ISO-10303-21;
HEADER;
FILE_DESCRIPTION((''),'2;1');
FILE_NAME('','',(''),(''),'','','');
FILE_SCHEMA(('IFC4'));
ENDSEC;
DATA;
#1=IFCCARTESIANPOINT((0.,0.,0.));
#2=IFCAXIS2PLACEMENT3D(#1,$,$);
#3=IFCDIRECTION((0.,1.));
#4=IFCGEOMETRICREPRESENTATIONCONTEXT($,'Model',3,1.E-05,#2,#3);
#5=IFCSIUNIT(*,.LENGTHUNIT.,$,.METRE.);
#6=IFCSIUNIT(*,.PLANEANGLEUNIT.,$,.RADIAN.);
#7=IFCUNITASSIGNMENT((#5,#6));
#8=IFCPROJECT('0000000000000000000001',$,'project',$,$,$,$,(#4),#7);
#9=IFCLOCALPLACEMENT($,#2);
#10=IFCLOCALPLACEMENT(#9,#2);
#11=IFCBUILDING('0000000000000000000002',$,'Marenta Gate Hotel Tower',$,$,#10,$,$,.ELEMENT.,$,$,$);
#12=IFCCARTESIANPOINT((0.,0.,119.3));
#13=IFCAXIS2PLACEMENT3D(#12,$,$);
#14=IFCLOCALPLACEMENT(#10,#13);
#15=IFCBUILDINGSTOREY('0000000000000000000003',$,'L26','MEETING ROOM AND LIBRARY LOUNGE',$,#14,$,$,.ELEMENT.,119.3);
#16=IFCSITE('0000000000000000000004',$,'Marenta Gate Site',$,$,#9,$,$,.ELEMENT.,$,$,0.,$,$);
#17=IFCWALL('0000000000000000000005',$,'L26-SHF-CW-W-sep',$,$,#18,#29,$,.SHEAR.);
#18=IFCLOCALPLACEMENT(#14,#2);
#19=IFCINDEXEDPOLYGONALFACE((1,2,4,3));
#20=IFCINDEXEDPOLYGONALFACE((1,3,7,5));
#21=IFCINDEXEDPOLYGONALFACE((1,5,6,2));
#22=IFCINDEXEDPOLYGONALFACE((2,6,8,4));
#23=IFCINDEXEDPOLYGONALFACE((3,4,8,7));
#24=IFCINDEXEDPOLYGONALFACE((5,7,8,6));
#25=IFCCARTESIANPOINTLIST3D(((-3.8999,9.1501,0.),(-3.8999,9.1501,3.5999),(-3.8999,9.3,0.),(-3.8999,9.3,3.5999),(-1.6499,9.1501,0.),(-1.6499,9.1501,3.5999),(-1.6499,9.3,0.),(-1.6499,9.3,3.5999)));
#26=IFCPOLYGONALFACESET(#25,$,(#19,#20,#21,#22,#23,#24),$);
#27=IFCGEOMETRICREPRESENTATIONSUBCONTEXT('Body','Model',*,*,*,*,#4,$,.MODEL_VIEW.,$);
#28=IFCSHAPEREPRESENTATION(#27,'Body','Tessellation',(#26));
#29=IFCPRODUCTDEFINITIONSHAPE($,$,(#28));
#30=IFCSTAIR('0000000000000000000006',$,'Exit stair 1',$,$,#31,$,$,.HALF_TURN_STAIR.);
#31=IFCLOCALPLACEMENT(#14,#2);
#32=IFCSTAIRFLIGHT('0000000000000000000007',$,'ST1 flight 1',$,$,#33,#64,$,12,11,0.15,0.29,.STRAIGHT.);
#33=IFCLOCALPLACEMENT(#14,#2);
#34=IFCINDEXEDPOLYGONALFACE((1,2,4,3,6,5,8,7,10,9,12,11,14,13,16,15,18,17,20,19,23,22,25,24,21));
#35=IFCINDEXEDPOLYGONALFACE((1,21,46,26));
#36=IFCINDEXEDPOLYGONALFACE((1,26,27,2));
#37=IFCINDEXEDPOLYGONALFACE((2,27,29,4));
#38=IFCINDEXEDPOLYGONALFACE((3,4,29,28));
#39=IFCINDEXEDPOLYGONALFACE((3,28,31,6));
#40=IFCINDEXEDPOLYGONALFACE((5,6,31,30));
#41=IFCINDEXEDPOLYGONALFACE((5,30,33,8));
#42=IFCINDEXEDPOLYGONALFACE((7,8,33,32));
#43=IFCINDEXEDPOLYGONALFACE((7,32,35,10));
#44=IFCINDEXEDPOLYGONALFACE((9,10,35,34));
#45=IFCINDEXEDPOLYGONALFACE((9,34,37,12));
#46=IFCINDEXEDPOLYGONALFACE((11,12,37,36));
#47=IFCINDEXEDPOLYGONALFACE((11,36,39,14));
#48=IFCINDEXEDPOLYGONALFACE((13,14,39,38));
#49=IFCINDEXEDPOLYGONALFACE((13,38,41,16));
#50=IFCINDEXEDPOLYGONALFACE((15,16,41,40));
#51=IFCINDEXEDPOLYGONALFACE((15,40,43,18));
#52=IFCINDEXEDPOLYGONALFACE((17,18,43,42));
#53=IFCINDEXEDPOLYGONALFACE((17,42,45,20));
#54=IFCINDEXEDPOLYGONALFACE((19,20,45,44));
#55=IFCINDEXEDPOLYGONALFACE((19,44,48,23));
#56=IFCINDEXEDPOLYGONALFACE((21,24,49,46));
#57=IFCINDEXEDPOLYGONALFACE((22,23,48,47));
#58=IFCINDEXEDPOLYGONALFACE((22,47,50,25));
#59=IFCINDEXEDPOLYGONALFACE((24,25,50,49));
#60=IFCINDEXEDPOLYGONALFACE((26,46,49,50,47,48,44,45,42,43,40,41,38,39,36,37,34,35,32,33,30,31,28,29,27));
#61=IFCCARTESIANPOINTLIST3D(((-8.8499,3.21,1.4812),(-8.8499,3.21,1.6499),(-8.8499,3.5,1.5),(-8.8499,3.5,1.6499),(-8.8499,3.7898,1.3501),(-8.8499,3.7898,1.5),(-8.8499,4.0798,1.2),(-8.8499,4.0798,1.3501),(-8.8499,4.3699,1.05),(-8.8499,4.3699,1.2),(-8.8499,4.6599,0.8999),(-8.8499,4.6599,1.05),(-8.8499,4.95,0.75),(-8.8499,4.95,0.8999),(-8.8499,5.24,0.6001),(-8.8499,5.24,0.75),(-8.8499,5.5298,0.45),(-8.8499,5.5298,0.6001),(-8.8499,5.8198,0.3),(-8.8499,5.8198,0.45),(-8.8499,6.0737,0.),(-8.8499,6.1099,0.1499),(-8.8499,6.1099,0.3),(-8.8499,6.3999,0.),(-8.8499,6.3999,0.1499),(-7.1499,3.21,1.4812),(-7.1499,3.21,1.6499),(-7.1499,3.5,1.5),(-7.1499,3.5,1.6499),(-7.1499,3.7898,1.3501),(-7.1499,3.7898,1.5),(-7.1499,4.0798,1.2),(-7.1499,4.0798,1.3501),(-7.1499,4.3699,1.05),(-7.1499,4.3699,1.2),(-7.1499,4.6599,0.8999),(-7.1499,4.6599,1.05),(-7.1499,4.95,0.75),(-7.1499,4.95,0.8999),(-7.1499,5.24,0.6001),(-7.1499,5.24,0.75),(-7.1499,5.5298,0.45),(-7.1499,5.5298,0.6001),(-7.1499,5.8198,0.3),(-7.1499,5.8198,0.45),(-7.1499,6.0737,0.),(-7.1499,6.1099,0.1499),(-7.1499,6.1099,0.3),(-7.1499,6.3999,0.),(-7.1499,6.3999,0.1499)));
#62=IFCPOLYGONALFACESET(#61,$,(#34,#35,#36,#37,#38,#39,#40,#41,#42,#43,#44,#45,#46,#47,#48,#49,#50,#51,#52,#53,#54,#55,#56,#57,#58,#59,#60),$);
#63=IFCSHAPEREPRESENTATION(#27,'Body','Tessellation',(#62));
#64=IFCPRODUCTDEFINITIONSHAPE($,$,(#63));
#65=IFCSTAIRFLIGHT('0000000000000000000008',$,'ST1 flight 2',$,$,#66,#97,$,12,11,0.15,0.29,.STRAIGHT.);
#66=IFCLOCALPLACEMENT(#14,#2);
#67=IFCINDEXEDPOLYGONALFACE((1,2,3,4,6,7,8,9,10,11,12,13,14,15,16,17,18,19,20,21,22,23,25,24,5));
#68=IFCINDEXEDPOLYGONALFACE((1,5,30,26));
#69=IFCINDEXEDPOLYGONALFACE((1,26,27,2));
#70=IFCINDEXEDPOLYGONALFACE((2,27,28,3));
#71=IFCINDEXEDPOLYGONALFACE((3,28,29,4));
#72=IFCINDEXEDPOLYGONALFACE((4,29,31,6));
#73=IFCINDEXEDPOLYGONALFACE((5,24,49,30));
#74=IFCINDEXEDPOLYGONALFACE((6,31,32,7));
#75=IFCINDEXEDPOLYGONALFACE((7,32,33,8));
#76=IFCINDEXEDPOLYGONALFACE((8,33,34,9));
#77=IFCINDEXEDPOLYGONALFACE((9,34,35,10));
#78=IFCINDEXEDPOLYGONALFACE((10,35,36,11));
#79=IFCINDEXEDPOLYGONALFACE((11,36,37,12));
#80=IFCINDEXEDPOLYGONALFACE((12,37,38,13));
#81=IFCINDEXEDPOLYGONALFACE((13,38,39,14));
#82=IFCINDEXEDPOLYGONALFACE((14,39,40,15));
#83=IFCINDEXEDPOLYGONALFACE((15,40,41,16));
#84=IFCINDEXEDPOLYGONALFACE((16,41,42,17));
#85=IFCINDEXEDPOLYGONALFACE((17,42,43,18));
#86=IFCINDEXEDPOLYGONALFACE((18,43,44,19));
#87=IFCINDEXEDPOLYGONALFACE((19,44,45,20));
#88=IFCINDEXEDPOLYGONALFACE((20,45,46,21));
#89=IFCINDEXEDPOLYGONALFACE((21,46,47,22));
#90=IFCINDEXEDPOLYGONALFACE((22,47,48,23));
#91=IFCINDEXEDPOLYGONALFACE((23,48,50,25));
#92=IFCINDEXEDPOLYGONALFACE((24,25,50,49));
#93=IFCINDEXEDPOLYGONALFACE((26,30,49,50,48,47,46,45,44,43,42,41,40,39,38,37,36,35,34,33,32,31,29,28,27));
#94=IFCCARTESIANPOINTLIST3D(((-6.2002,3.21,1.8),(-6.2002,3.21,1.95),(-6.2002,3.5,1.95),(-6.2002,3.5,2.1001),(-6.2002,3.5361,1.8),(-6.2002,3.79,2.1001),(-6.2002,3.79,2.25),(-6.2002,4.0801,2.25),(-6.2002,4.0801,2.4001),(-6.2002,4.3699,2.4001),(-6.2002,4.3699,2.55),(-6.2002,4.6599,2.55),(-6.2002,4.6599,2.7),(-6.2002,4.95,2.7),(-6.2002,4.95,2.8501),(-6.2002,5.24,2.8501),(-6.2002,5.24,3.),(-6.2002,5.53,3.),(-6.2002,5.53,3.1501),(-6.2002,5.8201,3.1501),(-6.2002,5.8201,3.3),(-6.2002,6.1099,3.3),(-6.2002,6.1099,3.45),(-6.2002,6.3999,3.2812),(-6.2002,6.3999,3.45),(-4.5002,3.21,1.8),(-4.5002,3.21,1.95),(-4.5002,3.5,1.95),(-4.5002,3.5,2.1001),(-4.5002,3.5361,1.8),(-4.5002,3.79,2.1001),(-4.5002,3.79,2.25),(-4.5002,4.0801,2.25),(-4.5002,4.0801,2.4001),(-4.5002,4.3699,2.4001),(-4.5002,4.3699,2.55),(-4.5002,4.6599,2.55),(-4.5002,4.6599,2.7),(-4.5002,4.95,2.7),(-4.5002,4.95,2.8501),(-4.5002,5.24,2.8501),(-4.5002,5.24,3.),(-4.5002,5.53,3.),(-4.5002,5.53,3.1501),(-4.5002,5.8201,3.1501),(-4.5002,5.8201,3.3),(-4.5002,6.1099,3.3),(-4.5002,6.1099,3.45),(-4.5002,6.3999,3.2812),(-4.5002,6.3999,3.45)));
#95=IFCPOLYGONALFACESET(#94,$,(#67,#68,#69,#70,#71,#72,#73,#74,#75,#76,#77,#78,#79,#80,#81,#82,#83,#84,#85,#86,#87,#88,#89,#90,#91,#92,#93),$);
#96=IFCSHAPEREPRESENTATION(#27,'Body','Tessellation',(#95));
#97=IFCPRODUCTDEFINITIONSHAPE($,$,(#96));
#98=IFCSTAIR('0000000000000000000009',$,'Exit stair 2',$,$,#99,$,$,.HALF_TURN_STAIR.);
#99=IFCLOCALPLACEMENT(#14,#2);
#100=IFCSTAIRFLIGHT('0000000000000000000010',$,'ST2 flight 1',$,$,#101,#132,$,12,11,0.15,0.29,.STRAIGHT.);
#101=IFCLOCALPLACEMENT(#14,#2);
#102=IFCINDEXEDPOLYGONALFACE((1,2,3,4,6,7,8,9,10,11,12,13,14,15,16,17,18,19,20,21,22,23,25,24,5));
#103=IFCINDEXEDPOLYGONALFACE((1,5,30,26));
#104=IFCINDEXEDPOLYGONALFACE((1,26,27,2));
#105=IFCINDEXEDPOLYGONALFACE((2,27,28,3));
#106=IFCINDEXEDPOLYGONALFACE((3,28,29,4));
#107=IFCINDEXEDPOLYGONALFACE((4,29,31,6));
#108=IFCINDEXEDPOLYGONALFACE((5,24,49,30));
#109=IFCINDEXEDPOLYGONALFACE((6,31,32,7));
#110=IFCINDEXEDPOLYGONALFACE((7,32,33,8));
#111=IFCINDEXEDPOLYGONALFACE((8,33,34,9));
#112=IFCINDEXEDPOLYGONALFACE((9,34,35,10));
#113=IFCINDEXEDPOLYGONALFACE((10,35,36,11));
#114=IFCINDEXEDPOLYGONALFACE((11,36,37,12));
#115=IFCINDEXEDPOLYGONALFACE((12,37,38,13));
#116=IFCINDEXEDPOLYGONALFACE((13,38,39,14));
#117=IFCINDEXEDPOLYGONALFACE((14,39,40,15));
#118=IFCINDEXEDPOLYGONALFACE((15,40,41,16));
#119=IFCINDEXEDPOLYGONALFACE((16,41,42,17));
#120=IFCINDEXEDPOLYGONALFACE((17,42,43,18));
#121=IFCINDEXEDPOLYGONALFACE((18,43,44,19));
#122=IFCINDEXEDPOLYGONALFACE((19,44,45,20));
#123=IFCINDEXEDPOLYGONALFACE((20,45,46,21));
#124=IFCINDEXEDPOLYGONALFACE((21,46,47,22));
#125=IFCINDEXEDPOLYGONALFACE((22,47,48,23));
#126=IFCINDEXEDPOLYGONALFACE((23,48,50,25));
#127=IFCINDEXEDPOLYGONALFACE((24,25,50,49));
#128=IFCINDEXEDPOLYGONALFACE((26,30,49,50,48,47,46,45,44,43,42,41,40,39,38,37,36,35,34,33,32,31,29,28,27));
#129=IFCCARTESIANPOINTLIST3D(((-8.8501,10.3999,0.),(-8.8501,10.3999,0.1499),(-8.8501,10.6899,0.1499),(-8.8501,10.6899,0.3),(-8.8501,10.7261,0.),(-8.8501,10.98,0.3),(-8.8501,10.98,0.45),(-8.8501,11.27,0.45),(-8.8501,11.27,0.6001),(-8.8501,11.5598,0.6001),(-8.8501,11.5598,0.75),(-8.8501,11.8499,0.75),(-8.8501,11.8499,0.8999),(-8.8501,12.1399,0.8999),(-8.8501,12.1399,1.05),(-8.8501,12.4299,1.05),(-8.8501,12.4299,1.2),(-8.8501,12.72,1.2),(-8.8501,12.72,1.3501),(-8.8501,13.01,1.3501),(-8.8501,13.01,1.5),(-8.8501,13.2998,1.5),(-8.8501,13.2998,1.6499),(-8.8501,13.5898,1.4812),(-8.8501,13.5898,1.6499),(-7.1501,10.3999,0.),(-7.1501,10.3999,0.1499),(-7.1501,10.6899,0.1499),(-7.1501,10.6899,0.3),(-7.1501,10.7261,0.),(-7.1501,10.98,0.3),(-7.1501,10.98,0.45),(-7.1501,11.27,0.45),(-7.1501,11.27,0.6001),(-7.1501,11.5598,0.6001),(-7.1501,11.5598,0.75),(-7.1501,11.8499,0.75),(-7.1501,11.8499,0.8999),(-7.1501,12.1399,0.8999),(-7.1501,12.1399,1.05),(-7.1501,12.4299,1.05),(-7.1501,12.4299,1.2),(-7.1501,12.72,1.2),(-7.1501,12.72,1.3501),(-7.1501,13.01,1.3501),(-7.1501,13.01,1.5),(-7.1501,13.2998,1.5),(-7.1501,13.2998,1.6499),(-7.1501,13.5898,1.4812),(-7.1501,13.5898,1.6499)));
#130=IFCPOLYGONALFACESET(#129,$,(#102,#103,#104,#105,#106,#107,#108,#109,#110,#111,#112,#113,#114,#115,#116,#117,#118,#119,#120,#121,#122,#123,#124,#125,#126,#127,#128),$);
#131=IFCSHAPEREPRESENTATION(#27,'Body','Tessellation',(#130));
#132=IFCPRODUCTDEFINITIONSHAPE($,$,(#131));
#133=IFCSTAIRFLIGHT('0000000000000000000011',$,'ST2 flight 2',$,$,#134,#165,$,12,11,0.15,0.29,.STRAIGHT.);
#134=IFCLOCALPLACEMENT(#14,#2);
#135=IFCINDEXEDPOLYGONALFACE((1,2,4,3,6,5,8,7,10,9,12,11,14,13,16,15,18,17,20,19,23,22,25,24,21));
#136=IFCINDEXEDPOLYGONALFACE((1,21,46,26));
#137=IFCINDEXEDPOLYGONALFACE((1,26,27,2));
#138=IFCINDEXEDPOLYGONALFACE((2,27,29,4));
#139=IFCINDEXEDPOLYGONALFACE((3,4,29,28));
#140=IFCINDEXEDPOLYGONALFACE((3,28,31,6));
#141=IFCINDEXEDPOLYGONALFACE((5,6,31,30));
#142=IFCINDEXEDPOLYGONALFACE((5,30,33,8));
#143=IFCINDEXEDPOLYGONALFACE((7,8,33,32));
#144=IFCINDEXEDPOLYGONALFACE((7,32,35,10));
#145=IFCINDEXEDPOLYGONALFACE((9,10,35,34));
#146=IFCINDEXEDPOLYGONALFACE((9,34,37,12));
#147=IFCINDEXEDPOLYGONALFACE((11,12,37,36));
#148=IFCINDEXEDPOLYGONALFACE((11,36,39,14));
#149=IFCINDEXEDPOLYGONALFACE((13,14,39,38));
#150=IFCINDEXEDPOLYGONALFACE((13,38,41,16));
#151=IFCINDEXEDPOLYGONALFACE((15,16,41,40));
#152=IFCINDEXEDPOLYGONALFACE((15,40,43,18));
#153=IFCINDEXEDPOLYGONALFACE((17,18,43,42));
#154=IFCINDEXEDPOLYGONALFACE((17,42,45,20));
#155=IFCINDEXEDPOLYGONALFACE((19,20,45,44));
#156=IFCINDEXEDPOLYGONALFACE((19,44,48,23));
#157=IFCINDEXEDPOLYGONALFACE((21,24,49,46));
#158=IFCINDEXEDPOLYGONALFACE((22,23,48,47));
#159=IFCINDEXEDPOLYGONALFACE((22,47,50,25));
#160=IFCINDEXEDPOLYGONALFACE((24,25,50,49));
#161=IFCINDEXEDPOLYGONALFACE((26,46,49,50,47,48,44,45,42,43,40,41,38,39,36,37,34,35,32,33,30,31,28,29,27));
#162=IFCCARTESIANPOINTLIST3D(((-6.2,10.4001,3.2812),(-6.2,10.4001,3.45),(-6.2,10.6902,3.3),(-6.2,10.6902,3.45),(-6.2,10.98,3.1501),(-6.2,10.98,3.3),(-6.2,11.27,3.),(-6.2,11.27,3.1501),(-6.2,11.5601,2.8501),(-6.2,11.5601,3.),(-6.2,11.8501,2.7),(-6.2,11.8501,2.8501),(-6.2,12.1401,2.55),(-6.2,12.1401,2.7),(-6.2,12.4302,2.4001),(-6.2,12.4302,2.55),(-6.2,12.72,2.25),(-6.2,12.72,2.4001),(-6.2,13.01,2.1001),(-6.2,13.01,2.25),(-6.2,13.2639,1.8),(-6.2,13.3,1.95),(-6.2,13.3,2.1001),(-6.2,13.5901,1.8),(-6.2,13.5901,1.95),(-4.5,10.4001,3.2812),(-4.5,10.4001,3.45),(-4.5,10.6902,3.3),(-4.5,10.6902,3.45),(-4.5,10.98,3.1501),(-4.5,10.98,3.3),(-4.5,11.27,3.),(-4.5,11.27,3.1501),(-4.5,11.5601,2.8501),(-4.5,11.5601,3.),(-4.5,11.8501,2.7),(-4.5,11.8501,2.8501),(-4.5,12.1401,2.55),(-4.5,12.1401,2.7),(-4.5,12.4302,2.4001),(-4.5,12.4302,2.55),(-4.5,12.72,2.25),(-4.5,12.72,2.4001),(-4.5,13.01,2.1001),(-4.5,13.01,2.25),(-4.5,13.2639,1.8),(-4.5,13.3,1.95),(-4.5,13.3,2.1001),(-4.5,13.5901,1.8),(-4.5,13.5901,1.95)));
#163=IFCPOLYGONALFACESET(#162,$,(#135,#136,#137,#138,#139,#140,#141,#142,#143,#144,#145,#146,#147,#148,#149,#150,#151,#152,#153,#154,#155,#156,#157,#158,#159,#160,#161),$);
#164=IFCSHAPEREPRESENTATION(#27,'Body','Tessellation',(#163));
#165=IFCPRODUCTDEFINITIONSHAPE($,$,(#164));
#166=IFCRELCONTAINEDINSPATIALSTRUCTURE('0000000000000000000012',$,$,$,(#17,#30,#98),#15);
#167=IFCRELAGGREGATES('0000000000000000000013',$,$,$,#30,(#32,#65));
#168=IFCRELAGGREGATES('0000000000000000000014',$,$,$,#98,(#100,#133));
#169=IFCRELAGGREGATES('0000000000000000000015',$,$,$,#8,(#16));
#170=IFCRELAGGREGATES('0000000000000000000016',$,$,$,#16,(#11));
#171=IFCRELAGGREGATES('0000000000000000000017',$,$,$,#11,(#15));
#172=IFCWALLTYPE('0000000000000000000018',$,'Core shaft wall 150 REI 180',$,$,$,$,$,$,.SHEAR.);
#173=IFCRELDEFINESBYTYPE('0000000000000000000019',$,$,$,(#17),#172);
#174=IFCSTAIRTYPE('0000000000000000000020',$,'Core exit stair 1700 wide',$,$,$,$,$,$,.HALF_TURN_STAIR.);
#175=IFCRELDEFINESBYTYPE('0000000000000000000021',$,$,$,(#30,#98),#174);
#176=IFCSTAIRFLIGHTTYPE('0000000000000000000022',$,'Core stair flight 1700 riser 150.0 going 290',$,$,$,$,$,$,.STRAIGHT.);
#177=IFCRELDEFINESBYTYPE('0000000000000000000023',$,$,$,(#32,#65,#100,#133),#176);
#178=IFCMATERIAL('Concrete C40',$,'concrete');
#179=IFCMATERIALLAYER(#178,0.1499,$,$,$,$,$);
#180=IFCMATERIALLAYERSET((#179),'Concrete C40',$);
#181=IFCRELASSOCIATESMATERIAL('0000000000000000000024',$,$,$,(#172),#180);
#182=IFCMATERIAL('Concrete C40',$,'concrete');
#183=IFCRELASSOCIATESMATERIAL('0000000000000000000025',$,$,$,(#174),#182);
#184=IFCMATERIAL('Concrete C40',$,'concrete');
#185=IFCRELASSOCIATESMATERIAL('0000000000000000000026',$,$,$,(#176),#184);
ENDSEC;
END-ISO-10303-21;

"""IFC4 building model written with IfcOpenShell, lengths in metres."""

from ifc_helpers import new_model, si_unit, direction, frame, frame_2d, origin, place, context, subcontext, project, spatial, polyline, rectangle, outline, extrude, material, layer, layer_set, type_object, element, aggregate, save


model = new_model("IFC4")

# Units and contexts
model_context = context("Model", 3, precision=1e-05, world=origin(), true_north=direction((0.0, 1.0)))
body_context = subcontext(model_context, "Body", "Model", "MODEL_VIEW")
ifc_project = project(units=[si_unit("LENGTHUNIT", "METRE"), si_unit("PLANEANGLEUNIT", "RADIAN")], contexts=[model_context])

# Site, building, storey
site_placement = place(None, origin())
site = spatial("IfcSite", under=ifc_project, at=site_placement, Name="Marenta Gate Site", CompositionType="ELEMENT", RefElevation=0.0)
building_placement = place(site_placement, origin())
building = spatial("IfcBuilding", under=site, at=building_placement, Name="Marenta Gate Hotel Tower", CompositionType="ELEMENT")
storey_placement = place(building_placement, frame((0.0, 0.0, 119.3)))
storey = spatial("IfcBuildingStorey", under=building, at=storey_placement, Name="L26", Description="MEETING ROOM AND LIBRARY LOUNGE", CompositionType="ELEMENT", Elevation=119.3)

# Shared definitions
ifc_material_1 = material(Name="Concrete C40", Category="concrete")
ifc_layer_1 = layer(ifc_material_1, 0.1499)
ifc_layer_set_1 = layer_set([ifc_layer_1], Name="Concrete C40")
wall_type_1 = type_object("IfcWallType", Name="Core shaft wall 150 REI 180", PredefinedType="SHEAR", material=ifc_layer_set_1)

# Wall
wall_1_placement = place(storey_placement, frame((-3.8999, 9.2251, 0.0), z_axis=(0.0, 0.0, 1.0), x_axis=(1.0, 0.0, 0.0)))
element("IfcWall", 1, at=wall_1_placement, inside=storey, type_object=wall_type_1, Name="L26-SHF-CW-W-sep", PredefinedType="SHEAR", context=body_context, shape_type="SweptSolid", body=[
    extrude(rectangle(XDim=2.25, YDim=0.1499, at=frame_2d((1.125, 0.0))), origin(), (0.0, 0.0, 1.0), 3.5999),
])

# Stairs, stair flights
ifc_material_2 = material(Name="Concrete C40", Category="concrete")
stair_type = type_object("IfcStairType", Name="Core exit stair 1700 wide", PredefinedType="HALF_TURN_STAIR", material=ifc_material_2)
stair_1_placement = place(storey_placement, origin())
stair_1 = element("IfcStair", 2, at=stair_1_placement, inside=storey, type_object=stair_type, Name="Exit stair 1", PredefinedType="HALF_TURN_STAIR")
ifc_material_3 = material(Name="Concrete C40", Category="concrete")
stair_flight_type = type_object("IfcStairFlightType", Name="Core stair flight 1700 riser 150.0 going 290", PredefinedType="STRAIGHT", material=ifc_material_3)
stair_flight_1_placement = place(storey_placement, frame((-8.0, 6.3999, 0.0), z_axis=(0.0, 0.0, 1.0), x_axis=(0.0, -1.0, 0.0)))
stair_flight_1 = element("IfcStairFlight", 3, at=stair_flight_1_placement, type_object=stair_flight_type, Name="ST1 flight 1", NumberOfRisers=12, NumberOfTreads=11, PredefinedType="STRAIGHT", RiserHeight=0.15, TreadLength=0.29, context=body_context, shape_type="SweptSolid", body=[
    extrude(outline(polyline([(0.0, 0.0), (0.0, 0.1499), (0.29, 0.1499), (0.29, 0.3), (0.5801, 0.3), (0.5801, 0.45), (0.8701, 0.45), (0.8701, 0.6001), (1.1599, 0.6001), (1.1599, 0.75), (1.45, 0.75), (1.45, 0.8999), (1.74, 0.8999), (1.74, 1.05), (2.03, 1.05), (2.03, 1.2), (2.3201, 1.2), (2.3201, 1.3501), (2.6101, 1.3501), (2.6101, 1.5), (2.8999, 1.5), (2.8999, 1.6499), (3.1899, 1.6499), (3.1899, 1.8), (3.1899, 1.4812), (0.3262, 0.0), (0.0, 0.0)])), frame((0.0, 0.8501, 0.0), z_axis=(0.0, -1.0, 0.0), x_axis=(1.0, 0.0, 0.0)), (0.0, 0.0, 1.0), 1.7),
])
stair_flight_2_placement = place(storey_placement, frame((-5.3501, 3.21, 1.8), z_axis=(0.0, 0.0, 1.0), x_axis=(0.0, 1.0, 0.0)))
stair_flight_2 = element("IfcStairFlight", 4, at=stair_flight_2_placement, type_object=stair_flight_type, Name="ST1 flight 2", NumberOfRisers=12, NumberOfTreads=11, PredefinedType="STRAIGHT", RiserHeight=0.15, TreadLength=0.29, context=body_context, shape_type="SweptSolid", body=[
    extrude(outline(polyline([(0.0, 0.0), (0.0, 0.1499), (0.29, 0.1499), (0.29, 0.3), (0.5801, 0.3), (0.5801, 0.45), (0.8701, 0.45), (0.8701, 0.6001), (1.1599, 0.6001), (1.1599, 0.75), (1.45, 0.75), (1.45, 0.8999), (1.74, 0.8999), (1.74, 1.05), (2.03, 1.05), (2.03, 1.2), (2.3201, 1.2), (2.3201, 1.3501), (2.6101, 1.3501), (2.6101, 1.5), (2.8999, 1.5), (2.8999, 1.6499), (3.1899, 1.6499), (3.1899, 1.8), (3.1899, 1.4812), (0.3262, 0.0), (0.0, 0.0)])), frame((0.0, 0.8501, 0.0), z_axis=(0.0, -1.0, 0.0), x_axis=(1.0, 0.0, 0.0)), (0.0, 0.0, 1.0), 1.7),
])
aggregate(stair_1, [stair_flight_1, stair_flight_2])
stair_2_placement = place(storey_placement, origin())
stair_2 = element("IfcStair", 5, at=stair_2_placement, inside=storey, type_object=stair_type, Name="Exit stair 2", PredefinedType="HALF_TURN_STAIR")
stair_flight_3_placement = place(storey_placement, frame((-8.0, 10.3999, 0.0), z_axis=(0.0, 0.0, 1.0), x_axis=(0.0, 1.0, 0.0)))
stair_flight_3 = element("IfcStairFlight", 6, at=stair_flight_3_placement, type_object=stair_flight_type, Name="ST2 flight 1", NumberOfRisers=12, NumberOfTreads=11, PredefinedType="STRAIGHT", RiserHeight=0.15, TreadLength=0.29, context=body_context, shape_type="SweptSolid", body=[
    extrude(outline(polyline([(0.0, 0.0), (0.0, 0.1499), (0.29, 0.1499), (0.29, 0.3), (0.5801, 0.3), (0.5801, 0.45), (0.8701, 0.45), (0.8701, 0.6001), (1.1599, 0.6001), (1.1599, 0.75), (1.45, 0.75), (1.45, 0.8999), (1.74, 0.8999), (1.74, 1.05), (2.03, 1.05), (2.03, 1.2), (2.3201, 1.2), (2.3201, 1.3501), (2.6101, 1.3501), (2.6101, 1.5), (2.8999, 1.5), (2.8999, 1.6499), (3.1899, 1.6499), (3.1899, 1.8), (3.1899, 1.4812), (0.3262, 0.0), (0.0, 0.0)])), frame((0.0, 0.8501, 0.0), z_axis=(0.0, -1.0, 0.0), x_axis=(1.0, 0.0, 0.0)), (0.0, 0.0, 1.0), 1.7),
])
stair_flight_4_placement = place(storey_placement, frame((-5.3501, 13.5901, 1.8), z_axis=(0.0, 0.0, 1.0), x_axis=(0.0, -1.0, 0.0)))
stair_flight_4 = element("IfcStairFlight", 7, at=stair_flight_4_placement, type_object=stair_flight_type, Name="ST2 flight 2", NumberOfRisers=12, NumberOfTreads=11, PredefinedType="STRAIGHT", RiserHeight=0.15, TreadLength=0.29, context=body_context, shape_type="SweptSolid", body=[
    extrude(outline(polyline([(0.0, 0.0), (0.0, 0.1499), (0.29, 0.1499), (0.29, 0.3), (0.5801, 0.3), (0.5801, 0.45), (0.8701, 0.45), (0.8701, 0.6001), (1.1599, 0.6001), (1.1599, 0.75), (1.45, 0.75), (1.45, 0.8999), (1.74, 0.8999), (1.74, 1.05), (2.03, 1.05), (2.03, 1.2), (2.3201, 1.2), (2.3201, 1.3501), (2.6101, 1.3501), (2.6101, 1.5), (2.8999, 1.5), (2.8999, 1.6499), (3.1899, 1.6499), (3.1899, 1.8), (3.1899, 1.4812), (0.3262, 0.0), (0.0, 0.0)])), frame((0.0, 0.8501, 0.0), z_axis=(0.0, -1.0, 0.0), x_axis=(1.0, 0.0, 0.0)), (0.0, 0.0, 1.0), 1.7),
])
aggregate(stair_2, [stair_flight_3, stair_flight_4])

save(model, "model.ifc")
